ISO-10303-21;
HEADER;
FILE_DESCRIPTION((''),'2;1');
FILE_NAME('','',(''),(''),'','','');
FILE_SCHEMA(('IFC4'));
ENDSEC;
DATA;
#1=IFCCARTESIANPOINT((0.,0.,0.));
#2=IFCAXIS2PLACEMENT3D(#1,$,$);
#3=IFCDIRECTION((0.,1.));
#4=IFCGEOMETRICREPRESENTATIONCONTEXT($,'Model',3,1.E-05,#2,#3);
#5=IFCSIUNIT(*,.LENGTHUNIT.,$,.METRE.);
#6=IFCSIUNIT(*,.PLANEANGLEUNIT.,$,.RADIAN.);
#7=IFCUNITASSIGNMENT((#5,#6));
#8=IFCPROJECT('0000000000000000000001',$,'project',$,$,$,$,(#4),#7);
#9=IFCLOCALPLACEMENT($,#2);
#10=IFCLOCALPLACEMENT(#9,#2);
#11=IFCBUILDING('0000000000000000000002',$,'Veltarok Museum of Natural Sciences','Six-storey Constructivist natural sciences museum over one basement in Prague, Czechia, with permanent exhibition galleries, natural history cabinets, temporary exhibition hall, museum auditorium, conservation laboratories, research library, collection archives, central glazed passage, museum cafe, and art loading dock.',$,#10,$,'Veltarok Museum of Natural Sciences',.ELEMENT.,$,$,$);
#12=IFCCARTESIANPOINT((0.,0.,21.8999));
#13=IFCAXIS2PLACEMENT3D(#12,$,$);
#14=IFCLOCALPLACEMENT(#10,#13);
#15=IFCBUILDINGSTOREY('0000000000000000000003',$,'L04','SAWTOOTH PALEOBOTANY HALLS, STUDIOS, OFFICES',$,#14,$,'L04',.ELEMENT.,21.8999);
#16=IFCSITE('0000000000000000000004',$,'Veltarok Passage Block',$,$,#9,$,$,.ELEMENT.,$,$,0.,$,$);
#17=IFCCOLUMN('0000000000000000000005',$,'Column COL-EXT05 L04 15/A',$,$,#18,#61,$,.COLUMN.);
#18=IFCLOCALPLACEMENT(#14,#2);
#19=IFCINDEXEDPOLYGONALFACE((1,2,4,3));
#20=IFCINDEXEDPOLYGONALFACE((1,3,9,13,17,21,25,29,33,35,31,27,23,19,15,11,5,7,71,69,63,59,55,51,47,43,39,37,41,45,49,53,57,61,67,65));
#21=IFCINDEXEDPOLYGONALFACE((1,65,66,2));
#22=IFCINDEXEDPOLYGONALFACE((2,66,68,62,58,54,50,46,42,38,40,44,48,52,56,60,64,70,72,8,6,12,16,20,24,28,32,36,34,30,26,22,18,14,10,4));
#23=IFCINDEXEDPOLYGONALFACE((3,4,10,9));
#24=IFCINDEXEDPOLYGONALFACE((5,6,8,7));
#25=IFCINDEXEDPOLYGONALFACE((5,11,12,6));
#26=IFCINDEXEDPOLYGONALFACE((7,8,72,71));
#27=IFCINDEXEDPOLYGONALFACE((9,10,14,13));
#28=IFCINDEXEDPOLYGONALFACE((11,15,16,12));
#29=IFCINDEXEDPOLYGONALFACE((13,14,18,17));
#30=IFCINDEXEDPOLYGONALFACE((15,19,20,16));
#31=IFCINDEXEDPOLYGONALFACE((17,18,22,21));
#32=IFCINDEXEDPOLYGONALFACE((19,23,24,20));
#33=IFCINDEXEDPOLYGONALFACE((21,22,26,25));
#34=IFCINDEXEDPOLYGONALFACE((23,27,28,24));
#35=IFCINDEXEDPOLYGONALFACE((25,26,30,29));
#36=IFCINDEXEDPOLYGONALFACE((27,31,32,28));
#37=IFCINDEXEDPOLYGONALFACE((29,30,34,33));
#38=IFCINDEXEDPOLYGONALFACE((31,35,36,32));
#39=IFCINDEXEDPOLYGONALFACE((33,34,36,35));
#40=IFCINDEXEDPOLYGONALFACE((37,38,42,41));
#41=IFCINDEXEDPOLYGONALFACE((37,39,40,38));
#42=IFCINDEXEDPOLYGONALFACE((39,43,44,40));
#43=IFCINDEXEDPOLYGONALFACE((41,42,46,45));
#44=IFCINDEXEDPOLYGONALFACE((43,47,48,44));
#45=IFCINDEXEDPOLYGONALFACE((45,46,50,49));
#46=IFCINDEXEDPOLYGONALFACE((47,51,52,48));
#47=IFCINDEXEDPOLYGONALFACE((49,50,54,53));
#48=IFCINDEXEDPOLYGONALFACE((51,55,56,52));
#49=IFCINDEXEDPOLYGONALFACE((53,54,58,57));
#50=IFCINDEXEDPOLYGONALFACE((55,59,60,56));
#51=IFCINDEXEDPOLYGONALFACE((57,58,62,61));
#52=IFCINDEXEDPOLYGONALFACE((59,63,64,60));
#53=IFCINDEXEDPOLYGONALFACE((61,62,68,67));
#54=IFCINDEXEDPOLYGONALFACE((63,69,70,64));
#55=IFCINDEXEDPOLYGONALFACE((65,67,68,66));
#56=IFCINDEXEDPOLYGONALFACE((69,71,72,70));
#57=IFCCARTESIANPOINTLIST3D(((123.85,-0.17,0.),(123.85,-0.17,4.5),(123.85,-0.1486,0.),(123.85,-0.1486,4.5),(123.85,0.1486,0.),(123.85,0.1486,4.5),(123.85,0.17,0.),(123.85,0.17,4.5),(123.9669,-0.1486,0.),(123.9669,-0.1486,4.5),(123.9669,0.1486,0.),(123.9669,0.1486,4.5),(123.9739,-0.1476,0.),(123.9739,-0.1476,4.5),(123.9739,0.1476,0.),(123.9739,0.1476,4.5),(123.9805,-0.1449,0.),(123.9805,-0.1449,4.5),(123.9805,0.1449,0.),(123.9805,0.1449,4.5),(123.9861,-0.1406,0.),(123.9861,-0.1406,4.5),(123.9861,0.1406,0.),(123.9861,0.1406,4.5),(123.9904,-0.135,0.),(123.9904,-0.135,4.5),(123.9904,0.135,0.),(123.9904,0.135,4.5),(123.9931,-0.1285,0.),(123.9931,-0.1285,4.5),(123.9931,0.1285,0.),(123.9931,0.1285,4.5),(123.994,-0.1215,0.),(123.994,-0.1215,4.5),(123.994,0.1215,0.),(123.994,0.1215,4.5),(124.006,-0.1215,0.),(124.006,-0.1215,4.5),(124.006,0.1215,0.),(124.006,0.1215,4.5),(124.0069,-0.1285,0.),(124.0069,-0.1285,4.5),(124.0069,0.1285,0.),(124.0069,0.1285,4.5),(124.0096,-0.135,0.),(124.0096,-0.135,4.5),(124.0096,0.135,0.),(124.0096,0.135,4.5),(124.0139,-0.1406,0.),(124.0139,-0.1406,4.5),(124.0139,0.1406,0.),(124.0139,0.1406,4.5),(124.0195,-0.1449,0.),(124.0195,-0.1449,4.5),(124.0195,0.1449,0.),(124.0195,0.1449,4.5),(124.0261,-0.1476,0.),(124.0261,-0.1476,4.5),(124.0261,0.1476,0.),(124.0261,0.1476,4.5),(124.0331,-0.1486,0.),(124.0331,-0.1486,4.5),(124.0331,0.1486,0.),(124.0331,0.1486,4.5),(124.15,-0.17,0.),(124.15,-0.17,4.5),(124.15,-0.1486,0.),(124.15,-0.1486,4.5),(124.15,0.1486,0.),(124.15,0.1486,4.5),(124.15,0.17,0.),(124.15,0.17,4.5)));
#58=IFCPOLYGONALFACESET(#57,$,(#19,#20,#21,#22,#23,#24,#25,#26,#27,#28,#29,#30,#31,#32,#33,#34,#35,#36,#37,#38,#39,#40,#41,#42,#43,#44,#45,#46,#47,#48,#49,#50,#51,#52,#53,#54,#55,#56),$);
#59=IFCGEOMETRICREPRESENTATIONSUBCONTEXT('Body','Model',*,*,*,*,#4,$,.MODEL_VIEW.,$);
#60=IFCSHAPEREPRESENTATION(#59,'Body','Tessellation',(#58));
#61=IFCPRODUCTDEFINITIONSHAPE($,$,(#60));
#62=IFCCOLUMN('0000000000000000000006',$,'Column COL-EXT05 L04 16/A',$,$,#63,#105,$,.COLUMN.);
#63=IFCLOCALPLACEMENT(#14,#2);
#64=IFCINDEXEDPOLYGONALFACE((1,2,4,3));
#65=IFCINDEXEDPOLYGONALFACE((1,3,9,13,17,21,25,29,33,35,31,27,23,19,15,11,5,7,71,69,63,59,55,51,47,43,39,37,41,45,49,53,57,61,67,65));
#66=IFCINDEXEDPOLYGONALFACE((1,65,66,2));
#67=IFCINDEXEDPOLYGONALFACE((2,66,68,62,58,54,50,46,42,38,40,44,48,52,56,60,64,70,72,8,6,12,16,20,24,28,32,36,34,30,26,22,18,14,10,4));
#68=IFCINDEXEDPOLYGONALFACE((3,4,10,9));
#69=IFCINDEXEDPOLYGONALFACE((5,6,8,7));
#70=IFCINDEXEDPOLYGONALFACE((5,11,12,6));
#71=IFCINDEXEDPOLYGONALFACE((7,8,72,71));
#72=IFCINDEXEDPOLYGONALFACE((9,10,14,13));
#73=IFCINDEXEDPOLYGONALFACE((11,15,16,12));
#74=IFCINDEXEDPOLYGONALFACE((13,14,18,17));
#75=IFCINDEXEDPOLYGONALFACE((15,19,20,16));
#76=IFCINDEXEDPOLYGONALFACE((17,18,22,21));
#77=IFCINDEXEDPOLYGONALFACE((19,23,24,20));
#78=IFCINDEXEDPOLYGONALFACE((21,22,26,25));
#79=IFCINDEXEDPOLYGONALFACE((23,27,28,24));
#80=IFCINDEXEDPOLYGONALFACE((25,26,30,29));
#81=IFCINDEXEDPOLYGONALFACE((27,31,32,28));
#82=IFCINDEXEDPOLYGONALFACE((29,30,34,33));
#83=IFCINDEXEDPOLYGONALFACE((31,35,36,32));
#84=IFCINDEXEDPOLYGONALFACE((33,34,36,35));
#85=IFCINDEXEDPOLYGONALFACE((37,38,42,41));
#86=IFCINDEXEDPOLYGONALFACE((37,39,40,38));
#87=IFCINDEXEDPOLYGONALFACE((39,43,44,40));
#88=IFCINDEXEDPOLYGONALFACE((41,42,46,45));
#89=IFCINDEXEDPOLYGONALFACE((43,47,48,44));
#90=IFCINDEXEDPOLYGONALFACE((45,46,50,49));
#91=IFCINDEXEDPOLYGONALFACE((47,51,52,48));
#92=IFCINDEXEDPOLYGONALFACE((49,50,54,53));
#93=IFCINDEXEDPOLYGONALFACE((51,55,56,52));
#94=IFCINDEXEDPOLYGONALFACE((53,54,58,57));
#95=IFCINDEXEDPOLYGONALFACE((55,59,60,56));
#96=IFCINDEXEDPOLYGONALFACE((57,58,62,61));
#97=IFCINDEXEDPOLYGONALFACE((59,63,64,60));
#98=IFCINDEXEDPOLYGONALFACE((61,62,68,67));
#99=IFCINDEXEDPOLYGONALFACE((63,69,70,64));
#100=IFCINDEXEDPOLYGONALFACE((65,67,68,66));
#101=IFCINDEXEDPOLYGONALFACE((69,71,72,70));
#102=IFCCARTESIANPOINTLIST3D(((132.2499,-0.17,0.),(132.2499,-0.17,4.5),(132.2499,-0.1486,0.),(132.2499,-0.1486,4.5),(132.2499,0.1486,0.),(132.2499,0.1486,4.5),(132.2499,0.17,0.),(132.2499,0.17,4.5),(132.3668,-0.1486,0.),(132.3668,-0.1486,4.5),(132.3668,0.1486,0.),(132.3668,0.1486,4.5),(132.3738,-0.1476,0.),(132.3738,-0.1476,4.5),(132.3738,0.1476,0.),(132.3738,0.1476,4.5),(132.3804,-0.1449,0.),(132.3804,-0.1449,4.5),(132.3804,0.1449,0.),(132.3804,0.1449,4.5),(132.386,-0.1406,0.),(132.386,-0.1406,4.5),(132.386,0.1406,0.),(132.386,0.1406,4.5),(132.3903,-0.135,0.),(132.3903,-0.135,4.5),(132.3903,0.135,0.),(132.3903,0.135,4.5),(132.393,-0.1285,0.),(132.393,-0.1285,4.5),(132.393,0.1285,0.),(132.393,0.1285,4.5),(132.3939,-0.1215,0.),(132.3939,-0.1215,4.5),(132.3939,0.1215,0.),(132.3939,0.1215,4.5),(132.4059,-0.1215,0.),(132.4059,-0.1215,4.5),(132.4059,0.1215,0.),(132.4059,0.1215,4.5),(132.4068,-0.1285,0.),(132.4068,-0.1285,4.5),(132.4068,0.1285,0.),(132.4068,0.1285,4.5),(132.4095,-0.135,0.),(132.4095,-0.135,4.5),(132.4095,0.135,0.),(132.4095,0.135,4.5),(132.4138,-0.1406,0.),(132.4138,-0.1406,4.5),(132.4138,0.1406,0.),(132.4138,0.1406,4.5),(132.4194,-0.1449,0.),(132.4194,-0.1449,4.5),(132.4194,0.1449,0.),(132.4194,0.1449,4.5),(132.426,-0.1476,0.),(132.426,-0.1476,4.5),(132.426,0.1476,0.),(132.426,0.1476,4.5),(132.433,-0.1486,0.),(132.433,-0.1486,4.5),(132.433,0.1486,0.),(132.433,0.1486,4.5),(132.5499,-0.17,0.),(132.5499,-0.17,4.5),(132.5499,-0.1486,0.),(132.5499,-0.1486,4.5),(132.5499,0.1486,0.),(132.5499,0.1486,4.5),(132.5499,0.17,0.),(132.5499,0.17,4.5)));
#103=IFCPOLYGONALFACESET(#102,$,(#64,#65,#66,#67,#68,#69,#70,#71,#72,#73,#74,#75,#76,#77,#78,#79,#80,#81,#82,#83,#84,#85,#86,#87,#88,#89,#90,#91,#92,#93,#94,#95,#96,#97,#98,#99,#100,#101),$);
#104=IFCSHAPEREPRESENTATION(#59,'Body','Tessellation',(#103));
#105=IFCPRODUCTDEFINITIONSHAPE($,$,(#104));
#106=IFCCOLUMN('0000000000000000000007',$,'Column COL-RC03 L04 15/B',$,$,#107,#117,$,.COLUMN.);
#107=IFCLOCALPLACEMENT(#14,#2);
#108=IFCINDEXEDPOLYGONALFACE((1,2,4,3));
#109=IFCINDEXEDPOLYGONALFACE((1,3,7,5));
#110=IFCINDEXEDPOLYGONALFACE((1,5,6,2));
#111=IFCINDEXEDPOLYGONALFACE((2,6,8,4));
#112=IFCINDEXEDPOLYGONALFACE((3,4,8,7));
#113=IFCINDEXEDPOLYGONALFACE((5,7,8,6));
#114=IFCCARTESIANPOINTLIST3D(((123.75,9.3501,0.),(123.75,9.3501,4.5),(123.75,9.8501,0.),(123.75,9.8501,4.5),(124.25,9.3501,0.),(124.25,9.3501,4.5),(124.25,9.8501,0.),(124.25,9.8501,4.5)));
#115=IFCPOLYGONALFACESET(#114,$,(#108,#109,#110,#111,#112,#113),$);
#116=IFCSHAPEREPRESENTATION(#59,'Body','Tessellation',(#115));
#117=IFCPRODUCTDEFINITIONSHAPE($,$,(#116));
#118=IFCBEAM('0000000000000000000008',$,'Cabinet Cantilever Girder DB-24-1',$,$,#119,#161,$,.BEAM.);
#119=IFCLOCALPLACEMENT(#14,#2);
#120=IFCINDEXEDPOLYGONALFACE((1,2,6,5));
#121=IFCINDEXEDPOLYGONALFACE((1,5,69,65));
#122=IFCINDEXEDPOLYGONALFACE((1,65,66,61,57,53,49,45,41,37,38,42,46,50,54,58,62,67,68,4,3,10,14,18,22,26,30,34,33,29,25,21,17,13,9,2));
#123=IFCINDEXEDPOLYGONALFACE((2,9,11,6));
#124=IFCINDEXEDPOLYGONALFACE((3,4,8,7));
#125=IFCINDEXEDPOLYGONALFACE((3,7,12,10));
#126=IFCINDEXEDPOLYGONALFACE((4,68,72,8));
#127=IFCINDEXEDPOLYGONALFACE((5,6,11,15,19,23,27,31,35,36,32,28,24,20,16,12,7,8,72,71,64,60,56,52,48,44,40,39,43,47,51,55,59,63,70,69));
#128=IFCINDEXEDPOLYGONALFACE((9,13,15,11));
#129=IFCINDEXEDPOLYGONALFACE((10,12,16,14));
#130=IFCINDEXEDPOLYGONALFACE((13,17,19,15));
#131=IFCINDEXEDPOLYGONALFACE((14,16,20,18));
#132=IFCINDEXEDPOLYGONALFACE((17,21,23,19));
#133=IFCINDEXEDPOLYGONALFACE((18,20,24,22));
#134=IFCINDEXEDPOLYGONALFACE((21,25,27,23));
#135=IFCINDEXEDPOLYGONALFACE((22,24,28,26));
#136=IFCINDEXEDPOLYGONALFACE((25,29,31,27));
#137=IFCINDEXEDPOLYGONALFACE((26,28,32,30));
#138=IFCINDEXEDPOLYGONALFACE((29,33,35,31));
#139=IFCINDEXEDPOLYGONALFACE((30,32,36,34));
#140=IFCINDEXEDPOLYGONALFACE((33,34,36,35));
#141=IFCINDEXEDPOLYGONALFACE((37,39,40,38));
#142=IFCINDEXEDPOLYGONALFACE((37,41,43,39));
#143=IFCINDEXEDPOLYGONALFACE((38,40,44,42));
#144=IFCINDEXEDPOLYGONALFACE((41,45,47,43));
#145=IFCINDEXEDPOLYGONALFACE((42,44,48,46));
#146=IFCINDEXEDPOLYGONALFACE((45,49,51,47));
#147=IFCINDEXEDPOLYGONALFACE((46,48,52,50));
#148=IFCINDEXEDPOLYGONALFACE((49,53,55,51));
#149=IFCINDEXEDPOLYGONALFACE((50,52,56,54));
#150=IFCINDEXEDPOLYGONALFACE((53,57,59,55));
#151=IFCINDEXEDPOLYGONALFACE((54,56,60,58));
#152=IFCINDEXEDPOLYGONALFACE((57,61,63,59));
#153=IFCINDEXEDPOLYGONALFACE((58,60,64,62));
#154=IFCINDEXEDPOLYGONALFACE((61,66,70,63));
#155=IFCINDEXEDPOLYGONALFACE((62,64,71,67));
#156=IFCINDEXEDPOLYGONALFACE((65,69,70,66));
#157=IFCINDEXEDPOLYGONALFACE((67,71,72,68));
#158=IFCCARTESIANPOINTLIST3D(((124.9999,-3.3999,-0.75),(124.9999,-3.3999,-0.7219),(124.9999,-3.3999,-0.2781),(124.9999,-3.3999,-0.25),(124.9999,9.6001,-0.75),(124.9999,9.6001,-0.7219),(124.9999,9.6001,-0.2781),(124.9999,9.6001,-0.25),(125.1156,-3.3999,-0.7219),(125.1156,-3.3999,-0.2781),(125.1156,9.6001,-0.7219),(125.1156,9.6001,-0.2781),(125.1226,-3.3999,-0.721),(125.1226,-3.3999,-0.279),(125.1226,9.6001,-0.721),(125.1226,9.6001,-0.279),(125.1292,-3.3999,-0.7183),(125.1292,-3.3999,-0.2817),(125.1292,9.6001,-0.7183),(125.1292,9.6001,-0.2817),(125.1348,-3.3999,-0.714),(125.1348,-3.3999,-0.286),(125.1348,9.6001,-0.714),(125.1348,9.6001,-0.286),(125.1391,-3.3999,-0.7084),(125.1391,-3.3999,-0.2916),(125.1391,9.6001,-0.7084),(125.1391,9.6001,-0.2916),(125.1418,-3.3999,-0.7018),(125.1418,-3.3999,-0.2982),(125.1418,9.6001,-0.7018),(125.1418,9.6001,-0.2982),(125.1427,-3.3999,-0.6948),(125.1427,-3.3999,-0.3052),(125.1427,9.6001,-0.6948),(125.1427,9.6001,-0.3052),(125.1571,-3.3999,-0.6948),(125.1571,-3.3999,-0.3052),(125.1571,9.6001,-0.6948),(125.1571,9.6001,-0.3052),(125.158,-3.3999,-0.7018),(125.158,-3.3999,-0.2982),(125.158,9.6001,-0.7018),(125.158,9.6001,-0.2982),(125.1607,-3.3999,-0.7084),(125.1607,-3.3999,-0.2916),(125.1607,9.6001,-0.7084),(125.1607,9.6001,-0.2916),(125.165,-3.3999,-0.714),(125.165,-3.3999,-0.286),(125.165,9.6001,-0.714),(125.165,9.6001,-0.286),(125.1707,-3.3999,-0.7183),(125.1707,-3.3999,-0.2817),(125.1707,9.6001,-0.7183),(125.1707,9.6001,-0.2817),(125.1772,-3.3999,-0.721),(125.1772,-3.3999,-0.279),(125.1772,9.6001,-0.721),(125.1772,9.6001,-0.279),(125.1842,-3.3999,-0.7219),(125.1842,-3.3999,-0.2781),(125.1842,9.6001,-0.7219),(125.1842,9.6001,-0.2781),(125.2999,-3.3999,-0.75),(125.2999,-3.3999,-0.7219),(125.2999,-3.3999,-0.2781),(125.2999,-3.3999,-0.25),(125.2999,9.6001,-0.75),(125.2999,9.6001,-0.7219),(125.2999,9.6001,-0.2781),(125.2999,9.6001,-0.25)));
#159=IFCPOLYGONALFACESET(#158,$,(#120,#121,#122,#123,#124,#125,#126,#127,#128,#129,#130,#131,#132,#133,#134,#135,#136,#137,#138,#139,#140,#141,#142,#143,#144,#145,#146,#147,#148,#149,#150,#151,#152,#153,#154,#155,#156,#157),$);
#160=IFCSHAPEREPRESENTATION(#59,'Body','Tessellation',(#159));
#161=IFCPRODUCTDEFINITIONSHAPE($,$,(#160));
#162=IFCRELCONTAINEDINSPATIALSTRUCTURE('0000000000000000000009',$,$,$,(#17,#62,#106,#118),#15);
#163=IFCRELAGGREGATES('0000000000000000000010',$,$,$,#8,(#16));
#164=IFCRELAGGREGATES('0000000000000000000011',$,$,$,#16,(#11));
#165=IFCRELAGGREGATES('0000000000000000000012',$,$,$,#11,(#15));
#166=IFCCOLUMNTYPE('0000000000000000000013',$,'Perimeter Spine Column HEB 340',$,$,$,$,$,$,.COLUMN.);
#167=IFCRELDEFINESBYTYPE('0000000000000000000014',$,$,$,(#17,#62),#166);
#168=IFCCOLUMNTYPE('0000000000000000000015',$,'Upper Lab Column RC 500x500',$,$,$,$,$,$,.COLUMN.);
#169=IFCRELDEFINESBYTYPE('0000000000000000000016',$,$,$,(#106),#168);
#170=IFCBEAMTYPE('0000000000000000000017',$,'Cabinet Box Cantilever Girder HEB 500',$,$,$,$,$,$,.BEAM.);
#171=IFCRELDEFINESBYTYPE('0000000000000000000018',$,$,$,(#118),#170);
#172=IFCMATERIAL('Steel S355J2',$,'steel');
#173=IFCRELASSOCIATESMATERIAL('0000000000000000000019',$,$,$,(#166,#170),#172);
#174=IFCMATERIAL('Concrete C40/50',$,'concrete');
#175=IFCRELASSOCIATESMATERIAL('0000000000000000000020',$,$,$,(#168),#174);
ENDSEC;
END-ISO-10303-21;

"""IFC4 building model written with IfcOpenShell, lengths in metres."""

from ifc_helpers import new_model, si_unit, direction, frame, origin, origin_2d, place, context, subcontext, project, spatial, rectangle, i_section, extrude, material, material_profile, profile_set, type_object, element, save


model = new_model("IFC4")

# Units and contexts
model_context = context("Model", 3, precision=1e-05, world=origin(), true_north=direction((0.0, 1.0)))
body_context = subcontext(model_context, "Body", "Model", "MODEL_VIEW")
ifc_project = project(units=[si_unit("LENGTHUNIT", "METRE"), si_unit("PLANEANGLEUNIT", "RADIAN")], contexts=[model_context])

# Site, building, storey
site_placement = place(None, origin())
site = spatial("IfcSite", under=ifc_project, at=site_placement, Name="Veltarok Passage Block", CompositionType="ELEMENT", RefElevation=0.0)
building_placement = place(site_placement, origin())
building = spatial("IfcBuilding", under=site, at=building_placement, Name="Veltarok Museum of Natural Sciences", Description="Six-storey Constructivist natural sciences museum over one basement in Prague, Czechia, with permanent exhibition galleries, natural history cabinets, temporary exhibition hall, museum auditorium, conservation laboratories, research library, collection archives, central glazed passage, museum cafe, and art loading dock.", LongName="Veltarok Museum of Natural Sciences", CompositionType="ELEMENT")
storey_placement = place(building_placement, frame((0.0, 0.0, 21.8999)))
storey = spatial("IfcBuildingStorey", under=building, at=storey_placement, Name="L04", Description="SAWTOOTH PALEOBOTANY HALLS, STUDIOS, OFFICES", LongName="L04", CompositionType="ELEMENT", Elevation=21.8999)

# Columns
ifc_material_1 = material(Name="Steel S355J2", Category="steel")
ifc_material_profile_1 = material_profile(ifc_material_1, i_section(OverallWidth=0.3, OverallDepth=0.3401, WebThickness=0.012, FlangeThickness=0.0215, FilletRadius=0.0271, at=origin_2d()), Name="HEB 340")
ifc_profile_set_1 = profile_set([ifc_material_profile_1], Name="Steel S355J2")
column_type_1 = type_object("IfcColumnType", Name="Perimeter Spine Column HEB 340", PredefinedType="COLUMN", material=ifc_profile_set_1)
for number, where, z_axis, x_axis, name in (
    (1, (124.0, 0.0, 0.0), (0.0, 0.0, 1.0), (1.0, 0.0, 0.0), "Column COL-EXT05 L04 15/A"),
    (2, (132.3999, 0.0, 0.0), (0.0, 0.0, 1.0), (1.0, 0.0, 0.0), "Column COL-EXT05 L04 16/A"),
):
    element("IfcColumn", number, at=place(storey_placement, frame(where, z_axis=z_axis, x_axis=x_axis)), inside=storey, type_object=column_type_1, Name=name, PredefinedType="COLUMN", context=body_context, shape_type="SweptSolid", body=[
        extrude(i_section(OverallWidth=0.3, OverallDepth=0.3401, WebThickness=0.012, FlangeThickness=0.0215, FilletRadius=0.0271, at=origin_2d()), origin(), (0.0, 0.0, 1.0), 4.5),
    ])
ifc_material_2 = material(Name="Concrete C40/50", Category="concrete")
ifc_material_profile_2 = material_profile(ifc_material_2, rectangle(XDim=0.5, YDim=0.5, at=origin_2d()), Name="RC 500x500")
ifc_profile_set_2 = profile_set([ifc_material_profile_2], Name="Concrete C40/50")
column_type_2 = type_object("IfcColumnType", Name="Upper Lab Column RC 500x500", PredefinedType="COLUMN", material=ifc_profile_set_2)
column_placement = place(storey_placement, frame((124.0, 9.6001, 0.0), z_axis=(0.0, 0.0, 1.0), x_axis=(1.0, 0.0, 0.0)))
element("IfcColumn", 3, at=column_placement, inside=storey, type_object=column_type_2, Name="Column COL-RC03 L04 15/B", PredefinedType="COLUMN", context=body_context, shape_type="SweptSolid", body=[
    extrude(rectangle(XDim=0.5, YDim=0.5, at=origin_2d()), origin(), (0.0, 0.0, 1.0), 4.5),
])

# Beam
ifc_material_profile_3 = material_profile(ifc_material_1, i_section(OverallWidth=0.3, OverallDepth=0.5, WebThickness=0.0144, FlangeThickness=0.0281, FilletRadius=0.0271, at=origin_2d()), Name="HEB 500")
ifc_profile_set_3 = profile_set([ifc_material_profile_3], Name="Steel S355J2")
beam_type_1 = type_object("IfcBeamType", Name="Cabinet Box Cantilever Girder HEB 500", PredefinedType="BEAM", material=ifc_profile_set_3)
for number, where, z_axis, x_axis, name in (
    (4, (125.1499, -3.3999, -0.5), (0.0, 1.0, 0.0), (-1.0, 0.0, 0.0), "Cabinet Cantilever Girder DB-24-1"),
):
    element("IfcBeam", number, at=place(storey_placement, frame(where, z_axis=z_axis, x_axis=x_axis)), inside=storey, type_object=beam_type_1, Name=name, PredefinedType="BEAM", context=body_context, shape_type="SweptSolid", body=[
        extrude(i_section(OverallWidth=0.3, OverallDepth=0.5, WebThickness=0.0144, FlangeThickness=0.0281, FilletRadius=0.0271, at=origin_2d()), origin(), (0.0, 0.0, 1.0), 13.0),
    ])

save(model, "model.ifc")
